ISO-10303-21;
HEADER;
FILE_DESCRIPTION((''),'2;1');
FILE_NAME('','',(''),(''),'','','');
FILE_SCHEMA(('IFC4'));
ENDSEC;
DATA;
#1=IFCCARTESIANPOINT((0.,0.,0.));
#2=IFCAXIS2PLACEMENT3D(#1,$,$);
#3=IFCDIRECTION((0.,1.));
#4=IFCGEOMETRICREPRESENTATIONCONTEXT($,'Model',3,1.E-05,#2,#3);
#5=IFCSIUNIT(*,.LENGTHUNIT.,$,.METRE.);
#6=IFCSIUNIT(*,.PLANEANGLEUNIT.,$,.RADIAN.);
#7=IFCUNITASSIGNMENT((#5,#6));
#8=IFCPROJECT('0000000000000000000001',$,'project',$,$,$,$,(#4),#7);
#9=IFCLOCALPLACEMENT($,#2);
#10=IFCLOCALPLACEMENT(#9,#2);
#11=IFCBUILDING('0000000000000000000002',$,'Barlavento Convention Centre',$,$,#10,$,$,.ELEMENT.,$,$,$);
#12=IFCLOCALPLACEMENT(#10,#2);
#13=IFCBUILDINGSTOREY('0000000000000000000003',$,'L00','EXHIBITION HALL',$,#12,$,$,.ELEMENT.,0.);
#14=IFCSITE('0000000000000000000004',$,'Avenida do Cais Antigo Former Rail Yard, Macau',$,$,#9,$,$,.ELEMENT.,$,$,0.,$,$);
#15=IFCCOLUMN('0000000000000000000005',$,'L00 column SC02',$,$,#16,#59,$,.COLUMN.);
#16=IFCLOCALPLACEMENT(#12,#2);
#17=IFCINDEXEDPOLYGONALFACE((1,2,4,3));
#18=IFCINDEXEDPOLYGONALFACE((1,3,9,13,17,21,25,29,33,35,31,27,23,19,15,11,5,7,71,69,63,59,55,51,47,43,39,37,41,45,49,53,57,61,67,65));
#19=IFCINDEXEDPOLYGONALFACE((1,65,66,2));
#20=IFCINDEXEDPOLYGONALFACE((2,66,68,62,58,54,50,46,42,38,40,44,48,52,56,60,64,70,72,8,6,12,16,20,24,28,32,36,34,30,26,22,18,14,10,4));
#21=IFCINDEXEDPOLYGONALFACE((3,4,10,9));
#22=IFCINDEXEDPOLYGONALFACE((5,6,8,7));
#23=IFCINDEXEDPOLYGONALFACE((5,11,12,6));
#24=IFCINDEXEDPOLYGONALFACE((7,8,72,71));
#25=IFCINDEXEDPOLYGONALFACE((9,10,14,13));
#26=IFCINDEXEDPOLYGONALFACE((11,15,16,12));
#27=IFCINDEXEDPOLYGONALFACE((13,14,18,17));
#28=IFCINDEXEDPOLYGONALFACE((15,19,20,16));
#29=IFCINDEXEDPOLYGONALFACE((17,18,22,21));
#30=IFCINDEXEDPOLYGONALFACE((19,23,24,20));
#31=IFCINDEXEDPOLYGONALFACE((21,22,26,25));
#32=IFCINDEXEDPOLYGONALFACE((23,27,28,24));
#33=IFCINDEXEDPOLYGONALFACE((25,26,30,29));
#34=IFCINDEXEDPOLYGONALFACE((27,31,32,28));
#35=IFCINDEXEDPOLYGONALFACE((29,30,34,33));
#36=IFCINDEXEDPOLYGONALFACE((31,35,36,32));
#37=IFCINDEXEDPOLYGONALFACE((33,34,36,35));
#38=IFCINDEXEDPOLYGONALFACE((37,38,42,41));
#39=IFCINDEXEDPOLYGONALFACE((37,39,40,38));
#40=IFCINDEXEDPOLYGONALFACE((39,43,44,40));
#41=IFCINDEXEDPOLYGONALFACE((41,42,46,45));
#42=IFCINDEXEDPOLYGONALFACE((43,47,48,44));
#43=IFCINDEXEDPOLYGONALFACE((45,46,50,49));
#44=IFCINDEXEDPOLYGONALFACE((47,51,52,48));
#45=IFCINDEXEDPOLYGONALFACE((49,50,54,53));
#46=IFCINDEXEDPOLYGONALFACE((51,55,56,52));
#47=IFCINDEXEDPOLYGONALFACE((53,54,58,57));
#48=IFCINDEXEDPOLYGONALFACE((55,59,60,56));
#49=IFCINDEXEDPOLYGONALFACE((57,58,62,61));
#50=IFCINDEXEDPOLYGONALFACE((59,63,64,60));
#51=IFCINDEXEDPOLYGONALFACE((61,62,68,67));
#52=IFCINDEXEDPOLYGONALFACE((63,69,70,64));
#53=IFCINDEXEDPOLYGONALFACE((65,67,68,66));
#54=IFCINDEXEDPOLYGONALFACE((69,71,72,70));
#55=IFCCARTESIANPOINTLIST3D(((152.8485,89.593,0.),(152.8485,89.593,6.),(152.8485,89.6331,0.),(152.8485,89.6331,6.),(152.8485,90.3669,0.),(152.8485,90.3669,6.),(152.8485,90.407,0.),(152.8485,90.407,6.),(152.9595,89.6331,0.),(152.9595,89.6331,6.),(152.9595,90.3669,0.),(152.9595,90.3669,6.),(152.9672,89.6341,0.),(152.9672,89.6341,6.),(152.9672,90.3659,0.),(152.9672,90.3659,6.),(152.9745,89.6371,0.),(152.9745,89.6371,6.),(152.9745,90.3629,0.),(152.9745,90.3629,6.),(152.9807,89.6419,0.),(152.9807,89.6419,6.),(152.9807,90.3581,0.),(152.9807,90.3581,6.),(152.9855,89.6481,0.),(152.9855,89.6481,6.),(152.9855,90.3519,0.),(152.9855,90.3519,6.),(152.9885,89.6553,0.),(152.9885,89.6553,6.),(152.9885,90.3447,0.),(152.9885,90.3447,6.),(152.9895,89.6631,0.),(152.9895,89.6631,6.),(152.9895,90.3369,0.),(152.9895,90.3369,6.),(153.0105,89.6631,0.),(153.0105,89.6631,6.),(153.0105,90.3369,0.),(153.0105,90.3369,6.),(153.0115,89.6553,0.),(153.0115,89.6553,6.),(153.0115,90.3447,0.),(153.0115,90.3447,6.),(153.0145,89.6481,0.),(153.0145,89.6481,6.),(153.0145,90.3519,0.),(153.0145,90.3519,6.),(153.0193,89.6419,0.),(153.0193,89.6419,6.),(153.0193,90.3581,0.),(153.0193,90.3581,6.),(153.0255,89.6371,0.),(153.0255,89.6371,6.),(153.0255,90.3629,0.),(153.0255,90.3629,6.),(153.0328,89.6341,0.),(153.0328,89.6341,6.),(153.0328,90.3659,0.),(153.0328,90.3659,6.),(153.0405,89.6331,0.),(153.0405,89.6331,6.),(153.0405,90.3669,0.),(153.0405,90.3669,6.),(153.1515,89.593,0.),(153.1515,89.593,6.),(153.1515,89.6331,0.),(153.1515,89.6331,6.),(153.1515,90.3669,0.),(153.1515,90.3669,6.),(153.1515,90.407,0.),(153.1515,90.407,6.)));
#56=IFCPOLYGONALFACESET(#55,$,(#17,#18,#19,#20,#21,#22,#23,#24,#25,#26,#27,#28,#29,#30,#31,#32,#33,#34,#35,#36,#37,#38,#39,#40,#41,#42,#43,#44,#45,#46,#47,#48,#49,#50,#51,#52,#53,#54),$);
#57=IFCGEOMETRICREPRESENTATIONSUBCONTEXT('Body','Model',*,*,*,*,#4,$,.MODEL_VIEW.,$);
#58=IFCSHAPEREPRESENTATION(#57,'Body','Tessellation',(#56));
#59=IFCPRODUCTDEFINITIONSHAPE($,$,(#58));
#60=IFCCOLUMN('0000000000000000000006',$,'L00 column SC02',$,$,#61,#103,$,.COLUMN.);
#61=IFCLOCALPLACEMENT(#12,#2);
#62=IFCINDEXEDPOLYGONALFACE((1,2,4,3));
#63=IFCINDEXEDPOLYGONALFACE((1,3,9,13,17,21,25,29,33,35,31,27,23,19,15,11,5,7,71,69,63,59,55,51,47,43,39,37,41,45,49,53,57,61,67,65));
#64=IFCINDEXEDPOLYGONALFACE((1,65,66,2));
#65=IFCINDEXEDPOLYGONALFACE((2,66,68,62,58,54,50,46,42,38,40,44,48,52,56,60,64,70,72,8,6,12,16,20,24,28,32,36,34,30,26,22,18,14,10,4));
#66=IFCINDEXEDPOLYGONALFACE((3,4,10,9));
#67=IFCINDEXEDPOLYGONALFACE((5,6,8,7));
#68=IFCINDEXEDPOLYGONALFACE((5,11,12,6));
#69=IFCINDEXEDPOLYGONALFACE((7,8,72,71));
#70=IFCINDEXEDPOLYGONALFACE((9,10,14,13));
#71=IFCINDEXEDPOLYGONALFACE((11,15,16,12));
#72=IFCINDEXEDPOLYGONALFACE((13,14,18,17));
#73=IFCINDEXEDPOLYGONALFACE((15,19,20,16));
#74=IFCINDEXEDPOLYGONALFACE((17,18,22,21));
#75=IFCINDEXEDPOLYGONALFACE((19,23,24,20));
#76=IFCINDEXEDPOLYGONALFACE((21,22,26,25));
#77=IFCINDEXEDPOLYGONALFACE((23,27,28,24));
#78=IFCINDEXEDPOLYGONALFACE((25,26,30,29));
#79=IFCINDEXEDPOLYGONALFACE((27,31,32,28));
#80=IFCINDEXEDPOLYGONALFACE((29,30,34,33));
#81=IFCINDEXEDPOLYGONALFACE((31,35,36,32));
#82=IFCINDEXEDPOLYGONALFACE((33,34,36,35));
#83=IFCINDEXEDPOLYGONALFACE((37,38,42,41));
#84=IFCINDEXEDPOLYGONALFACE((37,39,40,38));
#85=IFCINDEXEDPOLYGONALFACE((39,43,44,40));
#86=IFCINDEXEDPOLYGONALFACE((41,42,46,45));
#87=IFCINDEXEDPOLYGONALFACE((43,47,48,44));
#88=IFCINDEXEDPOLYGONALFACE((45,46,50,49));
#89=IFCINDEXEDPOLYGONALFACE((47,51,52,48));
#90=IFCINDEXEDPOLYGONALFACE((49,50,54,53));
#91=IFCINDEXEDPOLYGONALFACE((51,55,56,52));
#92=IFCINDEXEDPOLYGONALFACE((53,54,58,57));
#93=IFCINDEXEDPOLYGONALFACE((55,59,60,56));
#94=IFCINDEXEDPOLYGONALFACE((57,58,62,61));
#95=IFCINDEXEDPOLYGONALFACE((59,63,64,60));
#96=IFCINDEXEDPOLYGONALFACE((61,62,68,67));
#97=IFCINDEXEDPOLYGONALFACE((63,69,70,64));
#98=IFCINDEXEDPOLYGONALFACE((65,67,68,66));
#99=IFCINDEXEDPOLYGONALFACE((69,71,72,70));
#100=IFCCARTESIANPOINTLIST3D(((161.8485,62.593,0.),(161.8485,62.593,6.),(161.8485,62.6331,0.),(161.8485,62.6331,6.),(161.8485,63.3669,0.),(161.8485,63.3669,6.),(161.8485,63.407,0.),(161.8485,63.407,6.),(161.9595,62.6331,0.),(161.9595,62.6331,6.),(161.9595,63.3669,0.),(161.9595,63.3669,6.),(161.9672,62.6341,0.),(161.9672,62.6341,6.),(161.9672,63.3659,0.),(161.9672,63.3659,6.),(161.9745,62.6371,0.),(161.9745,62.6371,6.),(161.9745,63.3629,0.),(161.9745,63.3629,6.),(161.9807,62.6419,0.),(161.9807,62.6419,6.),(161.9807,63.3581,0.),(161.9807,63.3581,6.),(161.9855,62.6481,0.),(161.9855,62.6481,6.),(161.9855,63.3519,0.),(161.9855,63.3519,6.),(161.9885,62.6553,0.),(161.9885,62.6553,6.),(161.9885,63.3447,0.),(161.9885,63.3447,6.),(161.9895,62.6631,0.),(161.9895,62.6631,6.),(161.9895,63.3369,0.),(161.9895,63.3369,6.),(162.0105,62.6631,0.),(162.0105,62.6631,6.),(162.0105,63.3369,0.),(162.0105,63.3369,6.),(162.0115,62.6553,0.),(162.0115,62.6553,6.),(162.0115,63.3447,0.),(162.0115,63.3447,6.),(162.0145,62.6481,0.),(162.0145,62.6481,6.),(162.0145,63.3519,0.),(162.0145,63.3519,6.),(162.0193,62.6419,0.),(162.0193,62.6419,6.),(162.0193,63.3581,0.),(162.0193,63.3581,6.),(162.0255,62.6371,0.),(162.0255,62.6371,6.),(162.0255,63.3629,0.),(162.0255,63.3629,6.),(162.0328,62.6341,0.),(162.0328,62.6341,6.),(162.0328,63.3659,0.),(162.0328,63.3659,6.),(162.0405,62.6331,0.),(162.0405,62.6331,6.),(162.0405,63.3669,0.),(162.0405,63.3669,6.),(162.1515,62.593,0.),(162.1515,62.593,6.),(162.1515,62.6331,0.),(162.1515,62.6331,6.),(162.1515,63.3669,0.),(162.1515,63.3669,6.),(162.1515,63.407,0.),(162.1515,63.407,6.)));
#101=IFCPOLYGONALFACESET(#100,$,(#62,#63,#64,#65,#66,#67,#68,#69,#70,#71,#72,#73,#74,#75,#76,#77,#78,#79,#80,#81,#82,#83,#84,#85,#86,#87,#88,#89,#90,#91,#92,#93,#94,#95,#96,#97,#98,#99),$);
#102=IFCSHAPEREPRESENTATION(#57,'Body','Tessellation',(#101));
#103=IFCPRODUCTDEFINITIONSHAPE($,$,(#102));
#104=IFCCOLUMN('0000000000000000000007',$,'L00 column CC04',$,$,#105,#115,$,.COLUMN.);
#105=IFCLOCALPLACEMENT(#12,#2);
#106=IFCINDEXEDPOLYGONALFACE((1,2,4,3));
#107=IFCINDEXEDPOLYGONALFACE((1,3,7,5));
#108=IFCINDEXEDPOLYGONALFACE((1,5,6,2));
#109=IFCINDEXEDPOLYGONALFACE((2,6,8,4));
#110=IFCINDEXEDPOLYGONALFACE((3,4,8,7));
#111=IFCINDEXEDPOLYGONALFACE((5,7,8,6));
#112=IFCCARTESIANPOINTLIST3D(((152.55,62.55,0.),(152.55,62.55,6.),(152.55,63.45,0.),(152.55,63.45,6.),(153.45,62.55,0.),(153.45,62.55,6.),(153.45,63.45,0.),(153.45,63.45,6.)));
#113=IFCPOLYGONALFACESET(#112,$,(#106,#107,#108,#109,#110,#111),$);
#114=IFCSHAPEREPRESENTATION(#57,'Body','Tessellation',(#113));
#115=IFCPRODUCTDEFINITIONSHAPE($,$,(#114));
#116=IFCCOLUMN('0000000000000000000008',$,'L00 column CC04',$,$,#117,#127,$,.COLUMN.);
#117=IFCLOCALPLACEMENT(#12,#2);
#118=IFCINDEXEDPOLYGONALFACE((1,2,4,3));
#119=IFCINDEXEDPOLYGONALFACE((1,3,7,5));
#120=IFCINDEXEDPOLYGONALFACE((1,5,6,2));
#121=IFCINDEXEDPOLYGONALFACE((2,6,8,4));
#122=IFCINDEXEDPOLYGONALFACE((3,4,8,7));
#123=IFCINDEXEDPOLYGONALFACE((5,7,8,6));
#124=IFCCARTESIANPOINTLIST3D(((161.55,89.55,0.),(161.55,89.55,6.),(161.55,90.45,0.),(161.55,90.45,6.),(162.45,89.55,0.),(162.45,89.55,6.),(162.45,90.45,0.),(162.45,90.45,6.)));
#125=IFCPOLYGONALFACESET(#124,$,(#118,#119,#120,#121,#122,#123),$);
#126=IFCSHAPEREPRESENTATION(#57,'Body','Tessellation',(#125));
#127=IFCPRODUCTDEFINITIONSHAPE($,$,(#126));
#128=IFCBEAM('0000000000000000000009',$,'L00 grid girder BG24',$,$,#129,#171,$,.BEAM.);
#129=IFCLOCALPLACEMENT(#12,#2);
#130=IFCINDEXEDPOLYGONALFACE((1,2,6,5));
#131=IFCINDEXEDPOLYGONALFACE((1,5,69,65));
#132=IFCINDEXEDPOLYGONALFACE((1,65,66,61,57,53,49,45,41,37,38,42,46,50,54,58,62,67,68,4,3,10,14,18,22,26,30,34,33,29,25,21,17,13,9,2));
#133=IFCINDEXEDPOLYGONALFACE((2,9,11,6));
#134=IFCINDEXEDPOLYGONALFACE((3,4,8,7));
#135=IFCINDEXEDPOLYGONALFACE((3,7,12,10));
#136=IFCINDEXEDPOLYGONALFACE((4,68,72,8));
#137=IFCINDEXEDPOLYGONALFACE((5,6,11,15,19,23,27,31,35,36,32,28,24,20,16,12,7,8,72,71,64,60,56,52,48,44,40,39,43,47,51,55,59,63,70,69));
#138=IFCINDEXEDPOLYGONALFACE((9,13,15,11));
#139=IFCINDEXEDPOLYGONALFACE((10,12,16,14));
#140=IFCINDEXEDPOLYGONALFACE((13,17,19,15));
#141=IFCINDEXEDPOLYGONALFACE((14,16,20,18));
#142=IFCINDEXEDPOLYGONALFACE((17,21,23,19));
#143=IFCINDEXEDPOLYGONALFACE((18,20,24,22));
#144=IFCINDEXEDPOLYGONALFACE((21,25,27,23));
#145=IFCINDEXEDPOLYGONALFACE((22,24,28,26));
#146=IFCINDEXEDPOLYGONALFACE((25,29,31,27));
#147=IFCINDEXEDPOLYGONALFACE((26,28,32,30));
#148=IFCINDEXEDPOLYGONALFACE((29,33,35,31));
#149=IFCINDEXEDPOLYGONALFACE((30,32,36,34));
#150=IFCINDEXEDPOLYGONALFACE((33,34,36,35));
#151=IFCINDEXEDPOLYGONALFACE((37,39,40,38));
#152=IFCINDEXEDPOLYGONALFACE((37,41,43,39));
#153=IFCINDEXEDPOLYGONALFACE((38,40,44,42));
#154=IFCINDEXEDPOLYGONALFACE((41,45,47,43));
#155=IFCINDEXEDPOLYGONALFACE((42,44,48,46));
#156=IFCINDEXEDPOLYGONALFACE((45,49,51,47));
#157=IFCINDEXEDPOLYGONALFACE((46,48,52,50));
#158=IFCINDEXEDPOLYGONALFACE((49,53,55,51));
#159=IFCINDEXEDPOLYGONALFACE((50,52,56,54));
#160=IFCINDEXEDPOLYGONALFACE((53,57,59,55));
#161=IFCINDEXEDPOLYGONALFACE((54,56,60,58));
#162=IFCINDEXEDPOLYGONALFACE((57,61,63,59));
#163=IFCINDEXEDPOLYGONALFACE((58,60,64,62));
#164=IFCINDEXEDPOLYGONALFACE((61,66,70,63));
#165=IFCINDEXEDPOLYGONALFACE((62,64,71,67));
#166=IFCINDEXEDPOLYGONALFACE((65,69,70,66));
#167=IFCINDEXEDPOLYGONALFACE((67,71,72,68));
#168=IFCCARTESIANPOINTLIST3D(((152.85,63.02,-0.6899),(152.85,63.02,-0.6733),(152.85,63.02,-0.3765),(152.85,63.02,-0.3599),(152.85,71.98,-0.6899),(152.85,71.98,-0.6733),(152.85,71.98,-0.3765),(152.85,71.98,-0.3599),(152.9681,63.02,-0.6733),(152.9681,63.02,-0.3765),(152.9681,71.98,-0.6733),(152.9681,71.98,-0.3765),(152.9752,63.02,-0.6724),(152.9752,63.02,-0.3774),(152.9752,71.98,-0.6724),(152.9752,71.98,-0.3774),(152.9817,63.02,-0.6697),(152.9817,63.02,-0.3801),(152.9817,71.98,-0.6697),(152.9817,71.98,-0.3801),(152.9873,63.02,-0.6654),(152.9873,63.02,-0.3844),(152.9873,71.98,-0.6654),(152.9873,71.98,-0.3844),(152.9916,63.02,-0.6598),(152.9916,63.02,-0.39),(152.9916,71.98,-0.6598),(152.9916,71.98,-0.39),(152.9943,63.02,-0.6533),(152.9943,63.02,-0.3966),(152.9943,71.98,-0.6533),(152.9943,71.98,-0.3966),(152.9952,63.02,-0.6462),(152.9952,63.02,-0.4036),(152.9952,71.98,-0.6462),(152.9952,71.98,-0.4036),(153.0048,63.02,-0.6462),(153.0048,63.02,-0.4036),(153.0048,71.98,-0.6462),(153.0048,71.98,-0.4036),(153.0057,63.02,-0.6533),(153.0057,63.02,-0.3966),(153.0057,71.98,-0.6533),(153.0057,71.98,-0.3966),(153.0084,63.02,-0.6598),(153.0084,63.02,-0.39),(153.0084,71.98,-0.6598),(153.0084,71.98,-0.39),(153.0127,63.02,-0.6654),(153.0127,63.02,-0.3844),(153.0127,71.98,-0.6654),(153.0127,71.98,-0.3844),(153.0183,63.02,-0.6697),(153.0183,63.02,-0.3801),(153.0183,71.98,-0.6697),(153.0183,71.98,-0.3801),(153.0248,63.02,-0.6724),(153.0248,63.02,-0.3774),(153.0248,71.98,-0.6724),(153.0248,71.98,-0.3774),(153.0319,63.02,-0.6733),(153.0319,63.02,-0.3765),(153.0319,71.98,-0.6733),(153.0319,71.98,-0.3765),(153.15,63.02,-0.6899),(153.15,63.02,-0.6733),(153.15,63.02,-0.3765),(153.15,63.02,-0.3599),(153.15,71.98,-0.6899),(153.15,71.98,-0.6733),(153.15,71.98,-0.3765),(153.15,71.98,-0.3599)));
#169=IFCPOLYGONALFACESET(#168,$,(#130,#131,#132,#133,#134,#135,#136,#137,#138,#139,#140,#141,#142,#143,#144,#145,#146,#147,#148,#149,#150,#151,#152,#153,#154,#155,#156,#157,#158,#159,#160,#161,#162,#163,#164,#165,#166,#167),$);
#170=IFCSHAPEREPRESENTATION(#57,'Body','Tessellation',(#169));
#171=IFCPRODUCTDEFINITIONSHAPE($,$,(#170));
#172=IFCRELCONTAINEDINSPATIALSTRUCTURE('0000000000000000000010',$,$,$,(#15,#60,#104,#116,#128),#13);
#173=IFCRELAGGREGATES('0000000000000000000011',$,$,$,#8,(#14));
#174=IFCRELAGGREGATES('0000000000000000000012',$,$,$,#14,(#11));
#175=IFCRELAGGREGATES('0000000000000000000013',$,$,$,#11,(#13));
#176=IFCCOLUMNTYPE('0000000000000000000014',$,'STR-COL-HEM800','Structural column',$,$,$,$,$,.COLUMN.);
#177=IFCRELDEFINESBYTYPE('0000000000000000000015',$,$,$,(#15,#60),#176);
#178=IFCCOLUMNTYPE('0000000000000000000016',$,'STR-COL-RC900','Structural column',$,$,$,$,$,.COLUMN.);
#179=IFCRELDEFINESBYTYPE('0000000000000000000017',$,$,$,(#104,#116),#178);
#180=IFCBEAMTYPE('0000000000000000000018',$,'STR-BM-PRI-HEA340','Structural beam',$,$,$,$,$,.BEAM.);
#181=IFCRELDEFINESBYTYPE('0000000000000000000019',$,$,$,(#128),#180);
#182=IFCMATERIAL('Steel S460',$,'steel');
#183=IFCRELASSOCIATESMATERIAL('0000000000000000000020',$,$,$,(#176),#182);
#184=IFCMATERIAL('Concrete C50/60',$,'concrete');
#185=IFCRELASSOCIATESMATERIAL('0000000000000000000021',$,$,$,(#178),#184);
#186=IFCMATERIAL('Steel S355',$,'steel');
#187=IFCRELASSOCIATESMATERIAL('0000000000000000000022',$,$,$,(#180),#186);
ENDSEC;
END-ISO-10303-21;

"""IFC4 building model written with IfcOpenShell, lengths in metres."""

from ifc_helpers import new_model, si_unit, direction, frame, origin, origin_2d, place, context, subcontext, project, spatial, rectangle, i_section, extrude, material, material_profile, profile_set, type_object, element, save


model = new_model("IFC4")

# Units and contexts
model_context = context("Model", 3, precision=1e-05, world=origin(), true_north=direction((0.0, 1.0)))
body_context = subcontext(model_context, "Body", "Model", "MODEL_VIEW")
ifc_project = project(units=[si_unit("LENGTHUNIT", "METRE"), si_unit("PLANEANGLEUNIT", "RADIAN")], contexts=[model_context])

# Site, building, storey
site_placement = place(None, origin())
site = spatial("IfcSite", under=ifc_project, at=site_placement, Name="Avenida do Cais Antigo Former Rail Yard, Macau", CompositionType="ELEMENT", RefElevation=0.0)
building_placement = place(site_placement, origin())
building = spatial("IfcBuilding", under=site, at=building_placement, Name="Barlavento Convention Centre", CompositionType="ELEMENT")
storey_placement = place(building_placement, origin())
storey = spatial("IfcBuildingStorey", under=building, at=storey_placement, Name="L00", Description="EXHIBITION HALL", CompositionType="ELEMENT", Elevation=0.0)

# Columns
ifc_material_1 = material(Name="Steel S460", Category="steel")
ifc_material_profile_1 = material_profile(ifc_material_1, i_section(OverallWidth=0.303, OverallDepth=0.814, WebThickness=0.021, FlangeThickness=0.04, FilletRadius=0.03, at=origin_2d()), Name="HEM 800")
ifc_profile_set_1 = profile_set([ifc_material_profile_1], Name="Steel S460")
column_type_1 = type_object("IfcColumnType", Name="STR-COL-HEM800", Description="Structural column", PredefinedType="COLUMN", material=ifc_profile_set_1)
for number, where, z_axis, x_axis, name in (
    (1, (153.0, 90.0, 0.0), (0.0, 0.0, 1.0), (1.0, 0.0, 0.0), "L00 column SC02"),
    (2, (162.0, 63.0, 0.0), (0.0, 0.0, 1.0), (1.0, 0.0, 0.0), "L00 column SC02"),
):
    element("IfcColumn", number, at=place(storey_placement, frame(where, z_axis=z_axis, x_axis=x_axis)), inside=storey, type_object=column_type_1, Name=name, PredefinedType="COLUMN", context=body_context, shape_type="SweptSolid", body=[
        extrude(i_section(OverallWidth=0.303, OverallDepth=0.814, WebThickness=0.021, FlangeThickness=0.04, FilletRadius=0.03, at=origin_2d()), origin(), (0.0, 0.0, 1.0), 6.0),
    ])
ifc_material_2 = material(Name="Concrete C50/60", Category="concrete")
ifc_material_profile_2 = material_profile(ifc_material_2, rectangle(XDim=0.8999, YDim=0.8999, at=origin_2d()), Name="RC 900x900")
ifc_profile_set_2 = profile_set([ifc_material_profile_2], Name="Concrete C50/60")
column_type_2 = type_object("IfcColumnType", Name="STR-COL-RC900", Description="Structural column", PredefinedType="COLUMN", material=ifc_profile_set_2)
for number, where, z_axis, x_axis, name in (
    (3, (153.0, 63.0, 0.0), (0.0, 0.0, 1.0), (1.0, 0.0, 0.0), "L00 column CC04"),
    (4, (162.0, 90.0, 0.0), (0.0, 0.0, 1.0), (1.0, 0.0, 0.0), "L00 column CC04"),
):
    element("IfcColumn", number, at=place(storey_placement, frame(where, z_axis=z_axis, x_axis=x_axis)), inside=storey, type_object=column_type_2, Name=name, PredefinedType="COLUMN", context=body_context, shape_type="SweptSolid", body=[
        extrude(rectangle(XDim=0.8999, YDim=0.8999, at=origin_2d()), origin(), (0.0, 0.0, 1.0), 6.0),
    ])

# Beam
ifc_material_3 = material(Name="Steel S355", Category="steel")
ifc_material_profile_3 = material_profile(ifc_material_3, i_section(OverallWidth=0.3, OverallDepth=0.3301, WebThickness=0.0095, FlangeThickness=0.0166, FilletRadius=0.0271, at=origin_2d()), Name="HEA 340")
ifc_profile_set_3 = profile_set([ifc_material_profile_3], Name="Steel S355")
beam_type_1 = type_object("IfcBeamType", Name="STR-BM-PRI-HEA340", Description="Structural beam", PredefinedType="BEAM", material=ifc_profile_set_3)
beam_1_placement = place(storey_placement, frame((153.0, 63.02, -0.5249), z_axis=(0.0, 1.0, 0.0), x_axis=(-1.0, 0.0, 0.0)))
element("IfcBeam", 5, at=beam_1_placement, inside=storey, type_object=beam_type_1, Name="L00 grid girder BG24", PredefinedType="BEAM", context=body_context, shape_type="SweptSolid", body=[
    extrude(i_section(OverallWidth=0.3, OverallDepth=0.3301, WebThickness=0.0095, FlangeThickness=0.0166, FilletRadius=0.0271, at=origin_2d()), origin(), (0.0, 0.0, 1.0), 8.96),
])

save(model, "model.ifc")
